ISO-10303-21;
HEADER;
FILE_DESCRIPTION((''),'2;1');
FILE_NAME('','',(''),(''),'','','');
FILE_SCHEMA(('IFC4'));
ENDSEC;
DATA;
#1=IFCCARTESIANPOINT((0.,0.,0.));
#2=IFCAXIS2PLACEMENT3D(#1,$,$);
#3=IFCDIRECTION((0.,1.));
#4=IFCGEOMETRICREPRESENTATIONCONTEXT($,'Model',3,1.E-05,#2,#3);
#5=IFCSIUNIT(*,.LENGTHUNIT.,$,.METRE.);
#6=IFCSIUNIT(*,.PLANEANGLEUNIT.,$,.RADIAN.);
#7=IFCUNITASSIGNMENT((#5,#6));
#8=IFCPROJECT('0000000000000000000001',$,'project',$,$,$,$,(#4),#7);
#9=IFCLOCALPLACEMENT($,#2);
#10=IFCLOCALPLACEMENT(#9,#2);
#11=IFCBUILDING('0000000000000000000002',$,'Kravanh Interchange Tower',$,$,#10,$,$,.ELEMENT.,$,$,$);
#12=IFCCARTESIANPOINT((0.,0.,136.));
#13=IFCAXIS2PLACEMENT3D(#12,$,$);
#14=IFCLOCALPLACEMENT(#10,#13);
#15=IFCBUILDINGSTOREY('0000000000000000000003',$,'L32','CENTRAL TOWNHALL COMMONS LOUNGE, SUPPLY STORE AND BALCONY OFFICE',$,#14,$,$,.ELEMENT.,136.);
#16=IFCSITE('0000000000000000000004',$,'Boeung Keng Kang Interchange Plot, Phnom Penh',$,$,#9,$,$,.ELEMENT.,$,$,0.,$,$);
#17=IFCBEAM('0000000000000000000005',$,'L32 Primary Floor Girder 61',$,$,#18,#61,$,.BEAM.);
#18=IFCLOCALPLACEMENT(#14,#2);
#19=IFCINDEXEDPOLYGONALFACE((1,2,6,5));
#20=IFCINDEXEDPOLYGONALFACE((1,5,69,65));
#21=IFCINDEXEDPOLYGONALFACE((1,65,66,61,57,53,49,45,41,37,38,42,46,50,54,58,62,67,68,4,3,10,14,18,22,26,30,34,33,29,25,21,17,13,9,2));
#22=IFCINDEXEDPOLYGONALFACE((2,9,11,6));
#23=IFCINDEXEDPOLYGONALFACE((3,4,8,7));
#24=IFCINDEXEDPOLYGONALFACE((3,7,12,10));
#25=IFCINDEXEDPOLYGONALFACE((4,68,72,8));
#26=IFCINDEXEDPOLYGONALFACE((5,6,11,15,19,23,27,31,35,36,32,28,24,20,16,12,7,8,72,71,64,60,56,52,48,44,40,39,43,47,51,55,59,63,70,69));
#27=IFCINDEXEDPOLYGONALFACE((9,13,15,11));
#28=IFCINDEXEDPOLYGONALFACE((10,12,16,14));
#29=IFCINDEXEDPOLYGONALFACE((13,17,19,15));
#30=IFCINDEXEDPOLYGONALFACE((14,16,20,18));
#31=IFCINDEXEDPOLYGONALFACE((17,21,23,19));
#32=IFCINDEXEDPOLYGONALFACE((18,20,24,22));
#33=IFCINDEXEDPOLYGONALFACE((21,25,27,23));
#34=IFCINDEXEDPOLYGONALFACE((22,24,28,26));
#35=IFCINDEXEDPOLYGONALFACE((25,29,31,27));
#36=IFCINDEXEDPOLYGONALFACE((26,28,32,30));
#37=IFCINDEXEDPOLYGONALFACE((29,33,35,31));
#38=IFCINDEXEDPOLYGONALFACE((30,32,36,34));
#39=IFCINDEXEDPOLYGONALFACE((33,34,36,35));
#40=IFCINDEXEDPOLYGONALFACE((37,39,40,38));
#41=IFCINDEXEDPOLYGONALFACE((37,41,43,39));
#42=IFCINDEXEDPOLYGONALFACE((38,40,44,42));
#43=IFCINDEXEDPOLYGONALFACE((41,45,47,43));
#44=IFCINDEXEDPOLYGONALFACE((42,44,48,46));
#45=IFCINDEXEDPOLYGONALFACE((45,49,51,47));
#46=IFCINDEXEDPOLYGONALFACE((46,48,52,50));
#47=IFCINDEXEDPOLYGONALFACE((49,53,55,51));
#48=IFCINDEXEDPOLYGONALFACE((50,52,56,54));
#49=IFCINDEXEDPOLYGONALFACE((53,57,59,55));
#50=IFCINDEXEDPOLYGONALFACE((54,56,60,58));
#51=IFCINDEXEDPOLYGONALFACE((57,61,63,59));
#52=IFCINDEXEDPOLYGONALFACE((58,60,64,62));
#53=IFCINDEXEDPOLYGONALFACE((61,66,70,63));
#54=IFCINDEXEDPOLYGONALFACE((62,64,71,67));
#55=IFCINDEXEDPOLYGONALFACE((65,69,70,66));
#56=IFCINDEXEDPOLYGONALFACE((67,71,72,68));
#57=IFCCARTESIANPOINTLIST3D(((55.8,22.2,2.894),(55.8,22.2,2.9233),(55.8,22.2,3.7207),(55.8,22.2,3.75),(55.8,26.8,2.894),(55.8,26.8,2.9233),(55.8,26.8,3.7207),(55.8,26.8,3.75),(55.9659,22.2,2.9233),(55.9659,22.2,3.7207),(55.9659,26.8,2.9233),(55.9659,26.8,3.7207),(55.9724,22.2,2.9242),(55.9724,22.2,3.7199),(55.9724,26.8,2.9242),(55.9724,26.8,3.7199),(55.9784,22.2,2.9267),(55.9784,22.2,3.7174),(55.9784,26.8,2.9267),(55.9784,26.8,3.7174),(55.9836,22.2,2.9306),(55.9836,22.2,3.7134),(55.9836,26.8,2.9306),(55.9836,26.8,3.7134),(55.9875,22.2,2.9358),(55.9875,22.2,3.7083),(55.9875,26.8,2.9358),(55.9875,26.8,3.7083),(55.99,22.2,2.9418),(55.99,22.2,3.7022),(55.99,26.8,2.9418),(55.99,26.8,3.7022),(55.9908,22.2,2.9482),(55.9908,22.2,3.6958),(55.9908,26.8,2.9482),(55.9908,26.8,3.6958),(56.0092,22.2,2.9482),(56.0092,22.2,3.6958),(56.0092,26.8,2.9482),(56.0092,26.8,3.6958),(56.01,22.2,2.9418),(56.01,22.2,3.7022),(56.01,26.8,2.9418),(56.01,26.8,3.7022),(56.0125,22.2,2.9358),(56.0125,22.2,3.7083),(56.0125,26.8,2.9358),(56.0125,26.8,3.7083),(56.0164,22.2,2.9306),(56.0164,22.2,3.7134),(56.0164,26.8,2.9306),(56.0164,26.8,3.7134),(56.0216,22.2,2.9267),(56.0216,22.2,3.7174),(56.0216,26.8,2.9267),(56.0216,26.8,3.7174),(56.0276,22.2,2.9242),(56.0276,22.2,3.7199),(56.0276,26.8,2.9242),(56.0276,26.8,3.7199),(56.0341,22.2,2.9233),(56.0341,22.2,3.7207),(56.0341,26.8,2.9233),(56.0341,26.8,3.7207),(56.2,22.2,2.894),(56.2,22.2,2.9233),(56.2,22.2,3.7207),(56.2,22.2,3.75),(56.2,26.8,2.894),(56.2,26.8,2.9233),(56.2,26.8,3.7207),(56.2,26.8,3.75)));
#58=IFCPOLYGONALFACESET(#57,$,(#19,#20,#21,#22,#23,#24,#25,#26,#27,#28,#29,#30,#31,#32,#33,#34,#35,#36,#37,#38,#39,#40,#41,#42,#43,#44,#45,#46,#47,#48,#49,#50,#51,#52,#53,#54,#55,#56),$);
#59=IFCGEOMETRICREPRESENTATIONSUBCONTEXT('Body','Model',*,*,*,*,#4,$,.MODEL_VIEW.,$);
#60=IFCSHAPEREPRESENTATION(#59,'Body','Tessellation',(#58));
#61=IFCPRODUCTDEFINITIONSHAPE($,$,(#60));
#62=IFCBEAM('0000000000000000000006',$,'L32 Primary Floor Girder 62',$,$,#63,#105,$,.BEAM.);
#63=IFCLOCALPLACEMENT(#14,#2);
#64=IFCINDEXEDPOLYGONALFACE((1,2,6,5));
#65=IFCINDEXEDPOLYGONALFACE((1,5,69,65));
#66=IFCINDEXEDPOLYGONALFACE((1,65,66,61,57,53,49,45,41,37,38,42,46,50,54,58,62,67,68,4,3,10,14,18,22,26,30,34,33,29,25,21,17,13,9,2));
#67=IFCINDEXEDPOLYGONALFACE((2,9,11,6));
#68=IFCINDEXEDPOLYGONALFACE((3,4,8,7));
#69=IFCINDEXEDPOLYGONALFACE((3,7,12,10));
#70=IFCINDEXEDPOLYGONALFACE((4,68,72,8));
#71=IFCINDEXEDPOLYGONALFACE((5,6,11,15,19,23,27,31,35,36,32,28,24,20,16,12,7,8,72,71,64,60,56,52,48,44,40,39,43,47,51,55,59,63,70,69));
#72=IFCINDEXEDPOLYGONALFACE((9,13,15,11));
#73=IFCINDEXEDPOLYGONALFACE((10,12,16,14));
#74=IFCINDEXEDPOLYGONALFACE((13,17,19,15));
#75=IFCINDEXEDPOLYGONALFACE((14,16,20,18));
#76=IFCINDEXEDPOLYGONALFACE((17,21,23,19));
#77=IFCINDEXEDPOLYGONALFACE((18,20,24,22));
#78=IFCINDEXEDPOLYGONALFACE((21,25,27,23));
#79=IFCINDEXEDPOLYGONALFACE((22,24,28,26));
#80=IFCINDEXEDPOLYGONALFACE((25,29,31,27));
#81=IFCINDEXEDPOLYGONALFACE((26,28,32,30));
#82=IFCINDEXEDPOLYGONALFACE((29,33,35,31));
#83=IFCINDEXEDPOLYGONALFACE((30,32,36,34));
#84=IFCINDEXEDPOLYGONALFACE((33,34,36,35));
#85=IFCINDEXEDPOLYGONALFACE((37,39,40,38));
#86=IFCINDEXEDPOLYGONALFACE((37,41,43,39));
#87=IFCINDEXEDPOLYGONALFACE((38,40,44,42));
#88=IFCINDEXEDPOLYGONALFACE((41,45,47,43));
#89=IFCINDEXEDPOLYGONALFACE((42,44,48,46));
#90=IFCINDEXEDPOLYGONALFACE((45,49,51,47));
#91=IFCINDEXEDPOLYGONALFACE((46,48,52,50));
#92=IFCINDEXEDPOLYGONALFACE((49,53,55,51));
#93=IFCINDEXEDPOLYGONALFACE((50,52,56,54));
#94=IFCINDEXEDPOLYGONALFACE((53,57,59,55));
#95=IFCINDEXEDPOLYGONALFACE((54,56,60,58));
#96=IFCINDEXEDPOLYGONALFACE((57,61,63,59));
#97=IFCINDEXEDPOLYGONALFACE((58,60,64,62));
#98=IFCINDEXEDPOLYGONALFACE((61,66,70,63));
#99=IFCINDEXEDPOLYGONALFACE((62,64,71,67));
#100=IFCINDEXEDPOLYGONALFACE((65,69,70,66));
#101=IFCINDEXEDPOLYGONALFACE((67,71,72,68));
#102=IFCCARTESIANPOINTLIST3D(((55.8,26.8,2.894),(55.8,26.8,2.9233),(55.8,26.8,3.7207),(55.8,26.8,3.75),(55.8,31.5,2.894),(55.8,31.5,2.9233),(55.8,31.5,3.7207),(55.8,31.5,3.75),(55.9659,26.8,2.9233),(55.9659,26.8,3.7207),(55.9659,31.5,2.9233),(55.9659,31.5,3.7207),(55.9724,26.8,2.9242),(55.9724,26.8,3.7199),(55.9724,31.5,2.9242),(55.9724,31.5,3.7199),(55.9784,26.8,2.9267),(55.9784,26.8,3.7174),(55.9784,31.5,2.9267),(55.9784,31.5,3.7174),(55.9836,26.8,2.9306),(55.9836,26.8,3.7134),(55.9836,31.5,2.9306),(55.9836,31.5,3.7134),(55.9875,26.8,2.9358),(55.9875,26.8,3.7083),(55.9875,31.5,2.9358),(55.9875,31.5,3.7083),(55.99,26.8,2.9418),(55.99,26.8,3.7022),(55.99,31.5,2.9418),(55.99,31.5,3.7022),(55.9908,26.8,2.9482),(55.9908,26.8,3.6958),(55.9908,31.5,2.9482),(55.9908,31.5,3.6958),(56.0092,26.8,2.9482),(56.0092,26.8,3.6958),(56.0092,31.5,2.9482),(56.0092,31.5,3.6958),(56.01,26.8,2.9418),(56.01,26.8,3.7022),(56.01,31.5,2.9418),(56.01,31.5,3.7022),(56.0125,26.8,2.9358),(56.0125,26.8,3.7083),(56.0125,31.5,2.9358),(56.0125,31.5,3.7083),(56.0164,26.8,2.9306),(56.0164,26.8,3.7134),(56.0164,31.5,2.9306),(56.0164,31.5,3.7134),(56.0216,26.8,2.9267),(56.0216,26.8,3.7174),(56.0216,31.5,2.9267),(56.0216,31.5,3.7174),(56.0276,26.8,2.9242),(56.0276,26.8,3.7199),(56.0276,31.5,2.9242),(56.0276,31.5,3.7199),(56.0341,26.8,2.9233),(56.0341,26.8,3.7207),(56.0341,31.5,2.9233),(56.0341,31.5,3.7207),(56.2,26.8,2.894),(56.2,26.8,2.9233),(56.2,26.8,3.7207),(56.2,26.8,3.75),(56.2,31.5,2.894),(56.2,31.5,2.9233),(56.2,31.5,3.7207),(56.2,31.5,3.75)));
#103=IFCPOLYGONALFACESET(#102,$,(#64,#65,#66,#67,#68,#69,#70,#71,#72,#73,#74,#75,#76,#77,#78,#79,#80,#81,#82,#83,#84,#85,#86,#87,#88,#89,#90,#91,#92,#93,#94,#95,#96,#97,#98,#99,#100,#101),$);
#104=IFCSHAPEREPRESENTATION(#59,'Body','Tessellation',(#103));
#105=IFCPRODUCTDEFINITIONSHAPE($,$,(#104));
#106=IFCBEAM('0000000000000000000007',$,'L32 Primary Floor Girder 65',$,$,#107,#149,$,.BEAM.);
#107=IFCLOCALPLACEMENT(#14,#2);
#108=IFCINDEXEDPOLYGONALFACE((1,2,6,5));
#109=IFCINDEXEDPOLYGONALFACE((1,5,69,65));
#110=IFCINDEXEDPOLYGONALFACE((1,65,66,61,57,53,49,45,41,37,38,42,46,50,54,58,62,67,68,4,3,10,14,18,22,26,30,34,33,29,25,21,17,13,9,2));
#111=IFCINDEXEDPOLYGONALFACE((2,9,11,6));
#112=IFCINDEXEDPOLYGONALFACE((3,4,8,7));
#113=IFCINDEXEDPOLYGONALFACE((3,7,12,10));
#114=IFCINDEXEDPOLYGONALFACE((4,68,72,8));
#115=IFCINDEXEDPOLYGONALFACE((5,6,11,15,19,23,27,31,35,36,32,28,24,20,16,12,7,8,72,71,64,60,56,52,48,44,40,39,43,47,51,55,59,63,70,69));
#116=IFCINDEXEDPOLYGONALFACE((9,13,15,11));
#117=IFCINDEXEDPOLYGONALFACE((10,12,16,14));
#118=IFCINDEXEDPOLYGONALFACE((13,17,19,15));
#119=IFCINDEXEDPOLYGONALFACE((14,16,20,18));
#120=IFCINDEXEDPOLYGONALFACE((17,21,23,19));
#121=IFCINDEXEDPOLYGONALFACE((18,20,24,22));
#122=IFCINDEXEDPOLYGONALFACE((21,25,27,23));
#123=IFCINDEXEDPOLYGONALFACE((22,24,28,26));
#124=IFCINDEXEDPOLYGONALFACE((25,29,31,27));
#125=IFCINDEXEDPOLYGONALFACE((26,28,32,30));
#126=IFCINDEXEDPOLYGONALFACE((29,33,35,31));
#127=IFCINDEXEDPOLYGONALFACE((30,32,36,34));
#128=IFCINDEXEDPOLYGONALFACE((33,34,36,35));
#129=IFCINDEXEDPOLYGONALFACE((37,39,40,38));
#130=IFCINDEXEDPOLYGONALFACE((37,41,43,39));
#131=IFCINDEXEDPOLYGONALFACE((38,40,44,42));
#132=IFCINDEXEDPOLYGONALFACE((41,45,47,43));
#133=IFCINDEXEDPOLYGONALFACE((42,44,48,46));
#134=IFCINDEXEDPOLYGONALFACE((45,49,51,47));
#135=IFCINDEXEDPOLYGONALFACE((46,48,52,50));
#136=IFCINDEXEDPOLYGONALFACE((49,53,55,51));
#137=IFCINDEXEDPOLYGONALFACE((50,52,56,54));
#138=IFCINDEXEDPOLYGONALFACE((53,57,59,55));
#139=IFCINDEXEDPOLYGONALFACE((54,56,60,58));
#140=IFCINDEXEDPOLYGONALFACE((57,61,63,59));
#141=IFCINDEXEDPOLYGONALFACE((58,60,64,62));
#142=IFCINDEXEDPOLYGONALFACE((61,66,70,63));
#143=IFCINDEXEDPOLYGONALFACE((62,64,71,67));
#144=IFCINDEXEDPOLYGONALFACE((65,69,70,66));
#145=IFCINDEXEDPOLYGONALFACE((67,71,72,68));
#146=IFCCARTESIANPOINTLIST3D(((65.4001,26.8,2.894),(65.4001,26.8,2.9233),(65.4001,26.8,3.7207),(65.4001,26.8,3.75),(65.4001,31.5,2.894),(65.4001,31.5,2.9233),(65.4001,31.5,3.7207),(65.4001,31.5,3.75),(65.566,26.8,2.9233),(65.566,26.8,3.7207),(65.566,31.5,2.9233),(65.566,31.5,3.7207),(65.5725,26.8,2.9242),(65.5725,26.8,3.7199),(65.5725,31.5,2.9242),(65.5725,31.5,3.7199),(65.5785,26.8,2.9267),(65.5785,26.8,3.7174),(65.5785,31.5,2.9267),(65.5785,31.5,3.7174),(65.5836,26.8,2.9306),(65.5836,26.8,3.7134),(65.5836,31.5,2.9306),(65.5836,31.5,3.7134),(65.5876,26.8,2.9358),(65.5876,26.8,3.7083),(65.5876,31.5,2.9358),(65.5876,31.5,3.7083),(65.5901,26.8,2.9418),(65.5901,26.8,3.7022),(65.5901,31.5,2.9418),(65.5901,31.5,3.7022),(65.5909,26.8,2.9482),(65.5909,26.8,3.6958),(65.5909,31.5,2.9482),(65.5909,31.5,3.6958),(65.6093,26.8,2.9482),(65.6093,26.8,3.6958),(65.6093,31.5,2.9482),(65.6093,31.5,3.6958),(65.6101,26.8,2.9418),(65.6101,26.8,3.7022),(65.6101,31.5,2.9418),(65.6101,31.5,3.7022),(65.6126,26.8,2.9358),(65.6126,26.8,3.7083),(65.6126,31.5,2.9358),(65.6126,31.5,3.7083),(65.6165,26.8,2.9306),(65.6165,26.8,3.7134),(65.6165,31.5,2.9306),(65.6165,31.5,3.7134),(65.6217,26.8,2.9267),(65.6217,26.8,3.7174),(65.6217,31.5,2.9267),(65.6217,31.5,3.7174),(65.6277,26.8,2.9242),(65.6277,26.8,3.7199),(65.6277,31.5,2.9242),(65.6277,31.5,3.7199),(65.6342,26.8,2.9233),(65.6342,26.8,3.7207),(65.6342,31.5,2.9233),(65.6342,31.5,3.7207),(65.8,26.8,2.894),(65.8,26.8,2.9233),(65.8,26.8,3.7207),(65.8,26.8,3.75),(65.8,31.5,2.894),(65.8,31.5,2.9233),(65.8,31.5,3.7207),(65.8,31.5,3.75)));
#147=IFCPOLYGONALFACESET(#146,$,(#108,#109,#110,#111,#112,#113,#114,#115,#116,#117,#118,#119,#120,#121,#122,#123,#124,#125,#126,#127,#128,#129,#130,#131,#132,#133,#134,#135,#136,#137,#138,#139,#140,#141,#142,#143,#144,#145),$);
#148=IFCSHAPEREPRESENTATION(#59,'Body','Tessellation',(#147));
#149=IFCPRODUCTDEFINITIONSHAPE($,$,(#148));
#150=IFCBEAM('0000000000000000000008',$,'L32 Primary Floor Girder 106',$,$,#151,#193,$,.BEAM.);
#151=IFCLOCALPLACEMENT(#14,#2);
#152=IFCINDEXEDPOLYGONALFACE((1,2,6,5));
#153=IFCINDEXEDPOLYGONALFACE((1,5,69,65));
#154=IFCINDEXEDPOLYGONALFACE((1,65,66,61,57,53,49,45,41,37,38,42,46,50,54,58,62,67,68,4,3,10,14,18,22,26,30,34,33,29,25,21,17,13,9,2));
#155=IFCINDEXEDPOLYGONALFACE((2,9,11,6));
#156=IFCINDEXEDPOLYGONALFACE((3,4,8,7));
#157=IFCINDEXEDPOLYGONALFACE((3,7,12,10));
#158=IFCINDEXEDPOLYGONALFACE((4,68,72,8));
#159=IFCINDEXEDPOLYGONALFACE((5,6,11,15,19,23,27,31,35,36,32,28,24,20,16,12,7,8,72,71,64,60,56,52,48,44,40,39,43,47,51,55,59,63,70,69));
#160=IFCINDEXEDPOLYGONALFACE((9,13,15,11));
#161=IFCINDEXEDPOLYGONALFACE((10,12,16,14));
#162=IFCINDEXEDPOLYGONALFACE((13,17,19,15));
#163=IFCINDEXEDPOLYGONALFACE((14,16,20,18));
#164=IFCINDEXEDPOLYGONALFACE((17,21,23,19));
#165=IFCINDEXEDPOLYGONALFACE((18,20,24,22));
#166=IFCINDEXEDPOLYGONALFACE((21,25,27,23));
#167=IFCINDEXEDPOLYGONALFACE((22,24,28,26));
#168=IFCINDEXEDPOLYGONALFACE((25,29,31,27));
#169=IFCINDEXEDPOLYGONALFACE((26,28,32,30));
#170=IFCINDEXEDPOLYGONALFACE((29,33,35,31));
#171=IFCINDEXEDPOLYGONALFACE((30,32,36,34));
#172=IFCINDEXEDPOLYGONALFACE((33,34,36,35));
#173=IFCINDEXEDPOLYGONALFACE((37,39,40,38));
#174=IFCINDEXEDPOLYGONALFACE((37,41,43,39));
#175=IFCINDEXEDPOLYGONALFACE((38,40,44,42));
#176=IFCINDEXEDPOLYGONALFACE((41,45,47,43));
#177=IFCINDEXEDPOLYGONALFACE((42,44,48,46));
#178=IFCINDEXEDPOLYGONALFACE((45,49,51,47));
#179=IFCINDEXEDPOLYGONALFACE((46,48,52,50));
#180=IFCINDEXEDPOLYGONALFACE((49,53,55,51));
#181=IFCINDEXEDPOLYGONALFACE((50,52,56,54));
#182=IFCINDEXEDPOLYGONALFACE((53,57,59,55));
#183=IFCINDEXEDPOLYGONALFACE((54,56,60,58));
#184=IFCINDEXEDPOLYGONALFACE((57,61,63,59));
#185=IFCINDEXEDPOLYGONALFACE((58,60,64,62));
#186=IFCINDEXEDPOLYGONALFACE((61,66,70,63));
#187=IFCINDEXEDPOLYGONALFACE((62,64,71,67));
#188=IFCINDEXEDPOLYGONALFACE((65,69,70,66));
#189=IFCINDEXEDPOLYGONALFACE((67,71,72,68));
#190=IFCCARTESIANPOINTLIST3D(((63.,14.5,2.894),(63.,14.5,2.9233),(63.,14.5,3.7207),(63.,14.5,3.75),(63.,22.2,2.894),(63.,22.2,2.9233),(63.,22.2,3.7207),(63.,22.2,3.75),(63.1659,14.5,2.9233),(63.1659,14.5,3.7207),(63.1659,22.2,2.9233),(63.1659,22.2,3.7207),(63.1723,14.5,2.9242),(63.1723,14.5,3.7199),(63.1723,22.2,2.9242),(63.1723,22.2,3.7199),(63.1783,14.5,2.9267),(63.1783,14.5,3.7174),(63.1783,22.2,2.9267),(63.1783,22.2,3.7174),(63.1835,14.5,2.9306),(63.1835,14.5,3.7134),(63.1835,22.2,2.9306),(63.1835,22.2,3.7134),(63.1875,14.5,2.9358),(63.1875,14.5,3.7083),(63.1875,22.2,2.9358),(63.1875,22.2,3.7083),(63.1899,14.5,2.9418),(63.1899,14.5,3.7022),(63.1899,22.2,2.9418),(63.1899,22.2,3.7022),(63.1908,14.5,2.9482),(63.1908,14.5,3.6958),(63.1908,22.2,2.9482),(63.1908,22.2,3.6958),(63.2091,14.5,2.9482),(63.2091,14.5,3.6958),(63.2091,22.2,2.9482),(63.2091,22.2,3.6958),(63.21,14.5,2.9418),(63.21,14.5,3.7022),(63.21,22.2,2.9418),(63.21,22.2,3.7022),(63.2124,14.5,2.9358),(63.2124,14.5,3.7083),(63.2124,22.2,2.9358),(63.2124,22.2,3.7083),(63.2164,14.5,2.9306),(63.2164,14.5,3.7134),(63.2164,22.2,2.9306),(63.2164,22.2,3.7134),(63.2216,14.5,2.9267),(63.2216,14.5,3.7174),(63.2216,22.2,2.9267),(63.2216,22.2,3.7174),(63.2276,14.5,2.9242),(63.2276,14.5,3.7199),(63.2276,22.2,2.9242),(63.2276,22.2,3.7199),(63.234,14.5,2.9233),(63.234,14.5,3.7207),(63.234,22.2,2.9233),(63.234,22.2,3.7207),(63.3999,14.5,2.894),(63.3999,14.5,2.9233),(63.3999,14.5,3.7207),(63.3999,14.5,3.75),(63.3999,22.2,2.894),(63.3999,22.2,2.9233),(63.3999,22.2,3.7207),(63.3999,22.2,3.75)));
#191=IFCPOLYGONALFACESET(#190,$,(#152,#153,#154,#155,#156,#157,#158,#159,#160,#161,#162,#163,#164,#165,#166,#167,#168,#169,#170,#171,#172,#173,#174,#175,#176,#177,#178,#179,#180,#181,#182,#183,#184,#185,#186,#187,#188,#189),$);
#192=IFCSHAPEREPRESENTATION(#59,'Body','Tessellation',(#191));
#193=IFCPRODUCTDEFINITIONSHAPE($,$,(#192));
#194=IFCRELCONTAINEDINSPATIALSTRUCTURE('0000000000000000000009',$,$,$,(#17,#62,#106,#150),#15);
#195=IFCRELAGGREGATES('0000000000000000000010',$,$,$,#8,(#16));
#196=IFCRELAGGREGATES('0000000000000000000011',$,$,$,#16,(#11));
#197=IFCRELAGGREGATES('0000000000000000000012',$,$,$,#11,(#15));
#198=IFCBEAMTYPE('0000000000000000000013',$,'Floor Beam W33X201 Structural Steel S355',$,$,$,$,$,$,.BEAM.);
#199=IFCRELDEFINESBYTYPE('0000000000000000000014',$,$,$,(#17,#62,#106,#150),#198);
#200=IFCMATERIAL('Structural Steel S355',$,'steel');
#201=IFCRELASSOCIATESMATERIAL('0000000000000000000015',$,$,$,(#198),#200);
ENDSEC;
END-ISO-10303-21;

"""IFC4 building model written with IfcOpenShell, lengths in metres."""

from ifc_helpers import new_model, si_unit, direction, frame, origin, origin_2d, place, context, subcontext, project, spatial, i_section, extrude, material, material_profile, profile_set, type_object, element, save


model = new_model("IFC4")

# Units and contexts
model_context = context("Model", 3, precision=1e-05, world=origin(), true_north=direction((0.0, 1.0)))
body_context = subcontext(model_context, "Body", "Model", "MODEL_VIEW")
ifc_project = project(units=[si_unit("LENGTHUNIT", "METRE"), si_unit("PLANEANGLEUNIT", "RADIAN")], contexts=[model_context])

# Site, building, storey
site_placement = place(None, origin())
site = spatial("IfcSite", under=ifc_project, at=site_placement, Name="Boeung Keng Kang Interchange Plot, Phnom Penh", CompositionType="ELEMENT", RefElevation=0.0)
building_placement = place(site_placement, origin())
building = spatial("IfcBuilding", under=site, at=building_placement, Name="Kravanh Interchange Tower", CompositionType="ELEMENT")
storey_placement = place(building_placement, frame((0.0, 0.0, 136.0)))
storey = spatial("IfcBuildingStorey", under=building, at=storey_placement, Name="L32", Description="CENTRAL TOWNHALL COMMONS LOUNGE, SUPPLY STORE AND BALCONY OFFICE", CompositionType="ELEMENT", Elevation=136.0)

# Beams
ifc_material_1 = material(Name="Structural Steel S355", Category="steel")
ifc_material_profile_1 = material_profile(ifc_material_1, i_section(OverallWidth=0.3999, OverallDepth=0.856, WebThickness=0.0183, FlangeThickness=0.0293, FilletRadius=0.0249, at=origin_2d()), Name="W33X201")
ifc_profile_set_1 = profile_set([ifc_material_profile_1], Name="Structural Steel S355")
beam_type_1 = type_object("IfcBeamType", Name="Floor Beam W33X201 Structural Steel S355", PredefinedType="BEAM", material=ifc_profile_set_1)
beam_1_placement = place(storey_placement, frame((56.0, 26.8, 3.322), z_axis=(0.0, -1.0, 0.0), x_axis=(1.0, 0.0, 0.0)))
element("IfcBeam", 1, at=beam_1_placement, inside=storey, type_object=beam_type_1, Name="L32 Primary Floor Girder 61", PredefinedType="BEAM", context=body_context, shape_type="SweptSolid", body=[
    extrude(i_section(OverallWidth=0.3999, OverallDepth=0.856, WebThickness=0.0183, FlangeThickness=0.0293, FilletRadius=0.0249, at=origin_2d()), origin(), (0.0, 0.0, 1.0), 4.6001),
])
for number, where, z_axis, x_axis, name in (
    (2, (56.0, 26.8, 3.322), (0.0, 1.0, 0.0), (-1.0, 0.0, 0.0), "L32 Primary Floor Girder 62"),
    (3, (65.6001, 26.8, 3.322), (0.0, 1.0, 0.0), (-1.0, 0.0, 0.0), "L32 Primary Floor Girder 65"),
):
    element("IfcBeam", number, at=place(storey_placement, frame(where, z_axis=z_axis, x_axis=x_axis)), inside=storey, type_object=beam_type_1, Name=name, PredefinedType="BEAM", context=body_context, shape_type="SweptSolid", body=[
        extrude(i_section(OverallWidth=0.3999, OverallDepth=0.856, WebThickness=0.0183, FlangeThickness=0.0293, FilletRadius=0.0249, at=origin_2d()), origin(), (0.0, 0.0, 1.0), 4.7),
    ])
beam_2_placement = place(storey_placement, frame((63.2, 14.5, 3.322), z_axis=(0.0, 1.0, 0.0), x_axis=(-1.0, 0.0, 0.0)))
element("IfcBeam", 4, at=beam_2_placement, inside=storey, type_object=beam_type_1, Name="L32 Primary Floor Girder 106", PredefinedType="BEAM", context=body_context, shape_type="SweptSolid", body=[
    extrude(i_section(OverallWidth=0.3999, OverallDepth=0.856, WebThickness=0.0183, FlangeThickness=0.0293, FilletRadius=0.0249, at=origin_2d()), origin(), (0.0, 0.0, 1.0), 7.7),
])

save(model, "model.ifc")
